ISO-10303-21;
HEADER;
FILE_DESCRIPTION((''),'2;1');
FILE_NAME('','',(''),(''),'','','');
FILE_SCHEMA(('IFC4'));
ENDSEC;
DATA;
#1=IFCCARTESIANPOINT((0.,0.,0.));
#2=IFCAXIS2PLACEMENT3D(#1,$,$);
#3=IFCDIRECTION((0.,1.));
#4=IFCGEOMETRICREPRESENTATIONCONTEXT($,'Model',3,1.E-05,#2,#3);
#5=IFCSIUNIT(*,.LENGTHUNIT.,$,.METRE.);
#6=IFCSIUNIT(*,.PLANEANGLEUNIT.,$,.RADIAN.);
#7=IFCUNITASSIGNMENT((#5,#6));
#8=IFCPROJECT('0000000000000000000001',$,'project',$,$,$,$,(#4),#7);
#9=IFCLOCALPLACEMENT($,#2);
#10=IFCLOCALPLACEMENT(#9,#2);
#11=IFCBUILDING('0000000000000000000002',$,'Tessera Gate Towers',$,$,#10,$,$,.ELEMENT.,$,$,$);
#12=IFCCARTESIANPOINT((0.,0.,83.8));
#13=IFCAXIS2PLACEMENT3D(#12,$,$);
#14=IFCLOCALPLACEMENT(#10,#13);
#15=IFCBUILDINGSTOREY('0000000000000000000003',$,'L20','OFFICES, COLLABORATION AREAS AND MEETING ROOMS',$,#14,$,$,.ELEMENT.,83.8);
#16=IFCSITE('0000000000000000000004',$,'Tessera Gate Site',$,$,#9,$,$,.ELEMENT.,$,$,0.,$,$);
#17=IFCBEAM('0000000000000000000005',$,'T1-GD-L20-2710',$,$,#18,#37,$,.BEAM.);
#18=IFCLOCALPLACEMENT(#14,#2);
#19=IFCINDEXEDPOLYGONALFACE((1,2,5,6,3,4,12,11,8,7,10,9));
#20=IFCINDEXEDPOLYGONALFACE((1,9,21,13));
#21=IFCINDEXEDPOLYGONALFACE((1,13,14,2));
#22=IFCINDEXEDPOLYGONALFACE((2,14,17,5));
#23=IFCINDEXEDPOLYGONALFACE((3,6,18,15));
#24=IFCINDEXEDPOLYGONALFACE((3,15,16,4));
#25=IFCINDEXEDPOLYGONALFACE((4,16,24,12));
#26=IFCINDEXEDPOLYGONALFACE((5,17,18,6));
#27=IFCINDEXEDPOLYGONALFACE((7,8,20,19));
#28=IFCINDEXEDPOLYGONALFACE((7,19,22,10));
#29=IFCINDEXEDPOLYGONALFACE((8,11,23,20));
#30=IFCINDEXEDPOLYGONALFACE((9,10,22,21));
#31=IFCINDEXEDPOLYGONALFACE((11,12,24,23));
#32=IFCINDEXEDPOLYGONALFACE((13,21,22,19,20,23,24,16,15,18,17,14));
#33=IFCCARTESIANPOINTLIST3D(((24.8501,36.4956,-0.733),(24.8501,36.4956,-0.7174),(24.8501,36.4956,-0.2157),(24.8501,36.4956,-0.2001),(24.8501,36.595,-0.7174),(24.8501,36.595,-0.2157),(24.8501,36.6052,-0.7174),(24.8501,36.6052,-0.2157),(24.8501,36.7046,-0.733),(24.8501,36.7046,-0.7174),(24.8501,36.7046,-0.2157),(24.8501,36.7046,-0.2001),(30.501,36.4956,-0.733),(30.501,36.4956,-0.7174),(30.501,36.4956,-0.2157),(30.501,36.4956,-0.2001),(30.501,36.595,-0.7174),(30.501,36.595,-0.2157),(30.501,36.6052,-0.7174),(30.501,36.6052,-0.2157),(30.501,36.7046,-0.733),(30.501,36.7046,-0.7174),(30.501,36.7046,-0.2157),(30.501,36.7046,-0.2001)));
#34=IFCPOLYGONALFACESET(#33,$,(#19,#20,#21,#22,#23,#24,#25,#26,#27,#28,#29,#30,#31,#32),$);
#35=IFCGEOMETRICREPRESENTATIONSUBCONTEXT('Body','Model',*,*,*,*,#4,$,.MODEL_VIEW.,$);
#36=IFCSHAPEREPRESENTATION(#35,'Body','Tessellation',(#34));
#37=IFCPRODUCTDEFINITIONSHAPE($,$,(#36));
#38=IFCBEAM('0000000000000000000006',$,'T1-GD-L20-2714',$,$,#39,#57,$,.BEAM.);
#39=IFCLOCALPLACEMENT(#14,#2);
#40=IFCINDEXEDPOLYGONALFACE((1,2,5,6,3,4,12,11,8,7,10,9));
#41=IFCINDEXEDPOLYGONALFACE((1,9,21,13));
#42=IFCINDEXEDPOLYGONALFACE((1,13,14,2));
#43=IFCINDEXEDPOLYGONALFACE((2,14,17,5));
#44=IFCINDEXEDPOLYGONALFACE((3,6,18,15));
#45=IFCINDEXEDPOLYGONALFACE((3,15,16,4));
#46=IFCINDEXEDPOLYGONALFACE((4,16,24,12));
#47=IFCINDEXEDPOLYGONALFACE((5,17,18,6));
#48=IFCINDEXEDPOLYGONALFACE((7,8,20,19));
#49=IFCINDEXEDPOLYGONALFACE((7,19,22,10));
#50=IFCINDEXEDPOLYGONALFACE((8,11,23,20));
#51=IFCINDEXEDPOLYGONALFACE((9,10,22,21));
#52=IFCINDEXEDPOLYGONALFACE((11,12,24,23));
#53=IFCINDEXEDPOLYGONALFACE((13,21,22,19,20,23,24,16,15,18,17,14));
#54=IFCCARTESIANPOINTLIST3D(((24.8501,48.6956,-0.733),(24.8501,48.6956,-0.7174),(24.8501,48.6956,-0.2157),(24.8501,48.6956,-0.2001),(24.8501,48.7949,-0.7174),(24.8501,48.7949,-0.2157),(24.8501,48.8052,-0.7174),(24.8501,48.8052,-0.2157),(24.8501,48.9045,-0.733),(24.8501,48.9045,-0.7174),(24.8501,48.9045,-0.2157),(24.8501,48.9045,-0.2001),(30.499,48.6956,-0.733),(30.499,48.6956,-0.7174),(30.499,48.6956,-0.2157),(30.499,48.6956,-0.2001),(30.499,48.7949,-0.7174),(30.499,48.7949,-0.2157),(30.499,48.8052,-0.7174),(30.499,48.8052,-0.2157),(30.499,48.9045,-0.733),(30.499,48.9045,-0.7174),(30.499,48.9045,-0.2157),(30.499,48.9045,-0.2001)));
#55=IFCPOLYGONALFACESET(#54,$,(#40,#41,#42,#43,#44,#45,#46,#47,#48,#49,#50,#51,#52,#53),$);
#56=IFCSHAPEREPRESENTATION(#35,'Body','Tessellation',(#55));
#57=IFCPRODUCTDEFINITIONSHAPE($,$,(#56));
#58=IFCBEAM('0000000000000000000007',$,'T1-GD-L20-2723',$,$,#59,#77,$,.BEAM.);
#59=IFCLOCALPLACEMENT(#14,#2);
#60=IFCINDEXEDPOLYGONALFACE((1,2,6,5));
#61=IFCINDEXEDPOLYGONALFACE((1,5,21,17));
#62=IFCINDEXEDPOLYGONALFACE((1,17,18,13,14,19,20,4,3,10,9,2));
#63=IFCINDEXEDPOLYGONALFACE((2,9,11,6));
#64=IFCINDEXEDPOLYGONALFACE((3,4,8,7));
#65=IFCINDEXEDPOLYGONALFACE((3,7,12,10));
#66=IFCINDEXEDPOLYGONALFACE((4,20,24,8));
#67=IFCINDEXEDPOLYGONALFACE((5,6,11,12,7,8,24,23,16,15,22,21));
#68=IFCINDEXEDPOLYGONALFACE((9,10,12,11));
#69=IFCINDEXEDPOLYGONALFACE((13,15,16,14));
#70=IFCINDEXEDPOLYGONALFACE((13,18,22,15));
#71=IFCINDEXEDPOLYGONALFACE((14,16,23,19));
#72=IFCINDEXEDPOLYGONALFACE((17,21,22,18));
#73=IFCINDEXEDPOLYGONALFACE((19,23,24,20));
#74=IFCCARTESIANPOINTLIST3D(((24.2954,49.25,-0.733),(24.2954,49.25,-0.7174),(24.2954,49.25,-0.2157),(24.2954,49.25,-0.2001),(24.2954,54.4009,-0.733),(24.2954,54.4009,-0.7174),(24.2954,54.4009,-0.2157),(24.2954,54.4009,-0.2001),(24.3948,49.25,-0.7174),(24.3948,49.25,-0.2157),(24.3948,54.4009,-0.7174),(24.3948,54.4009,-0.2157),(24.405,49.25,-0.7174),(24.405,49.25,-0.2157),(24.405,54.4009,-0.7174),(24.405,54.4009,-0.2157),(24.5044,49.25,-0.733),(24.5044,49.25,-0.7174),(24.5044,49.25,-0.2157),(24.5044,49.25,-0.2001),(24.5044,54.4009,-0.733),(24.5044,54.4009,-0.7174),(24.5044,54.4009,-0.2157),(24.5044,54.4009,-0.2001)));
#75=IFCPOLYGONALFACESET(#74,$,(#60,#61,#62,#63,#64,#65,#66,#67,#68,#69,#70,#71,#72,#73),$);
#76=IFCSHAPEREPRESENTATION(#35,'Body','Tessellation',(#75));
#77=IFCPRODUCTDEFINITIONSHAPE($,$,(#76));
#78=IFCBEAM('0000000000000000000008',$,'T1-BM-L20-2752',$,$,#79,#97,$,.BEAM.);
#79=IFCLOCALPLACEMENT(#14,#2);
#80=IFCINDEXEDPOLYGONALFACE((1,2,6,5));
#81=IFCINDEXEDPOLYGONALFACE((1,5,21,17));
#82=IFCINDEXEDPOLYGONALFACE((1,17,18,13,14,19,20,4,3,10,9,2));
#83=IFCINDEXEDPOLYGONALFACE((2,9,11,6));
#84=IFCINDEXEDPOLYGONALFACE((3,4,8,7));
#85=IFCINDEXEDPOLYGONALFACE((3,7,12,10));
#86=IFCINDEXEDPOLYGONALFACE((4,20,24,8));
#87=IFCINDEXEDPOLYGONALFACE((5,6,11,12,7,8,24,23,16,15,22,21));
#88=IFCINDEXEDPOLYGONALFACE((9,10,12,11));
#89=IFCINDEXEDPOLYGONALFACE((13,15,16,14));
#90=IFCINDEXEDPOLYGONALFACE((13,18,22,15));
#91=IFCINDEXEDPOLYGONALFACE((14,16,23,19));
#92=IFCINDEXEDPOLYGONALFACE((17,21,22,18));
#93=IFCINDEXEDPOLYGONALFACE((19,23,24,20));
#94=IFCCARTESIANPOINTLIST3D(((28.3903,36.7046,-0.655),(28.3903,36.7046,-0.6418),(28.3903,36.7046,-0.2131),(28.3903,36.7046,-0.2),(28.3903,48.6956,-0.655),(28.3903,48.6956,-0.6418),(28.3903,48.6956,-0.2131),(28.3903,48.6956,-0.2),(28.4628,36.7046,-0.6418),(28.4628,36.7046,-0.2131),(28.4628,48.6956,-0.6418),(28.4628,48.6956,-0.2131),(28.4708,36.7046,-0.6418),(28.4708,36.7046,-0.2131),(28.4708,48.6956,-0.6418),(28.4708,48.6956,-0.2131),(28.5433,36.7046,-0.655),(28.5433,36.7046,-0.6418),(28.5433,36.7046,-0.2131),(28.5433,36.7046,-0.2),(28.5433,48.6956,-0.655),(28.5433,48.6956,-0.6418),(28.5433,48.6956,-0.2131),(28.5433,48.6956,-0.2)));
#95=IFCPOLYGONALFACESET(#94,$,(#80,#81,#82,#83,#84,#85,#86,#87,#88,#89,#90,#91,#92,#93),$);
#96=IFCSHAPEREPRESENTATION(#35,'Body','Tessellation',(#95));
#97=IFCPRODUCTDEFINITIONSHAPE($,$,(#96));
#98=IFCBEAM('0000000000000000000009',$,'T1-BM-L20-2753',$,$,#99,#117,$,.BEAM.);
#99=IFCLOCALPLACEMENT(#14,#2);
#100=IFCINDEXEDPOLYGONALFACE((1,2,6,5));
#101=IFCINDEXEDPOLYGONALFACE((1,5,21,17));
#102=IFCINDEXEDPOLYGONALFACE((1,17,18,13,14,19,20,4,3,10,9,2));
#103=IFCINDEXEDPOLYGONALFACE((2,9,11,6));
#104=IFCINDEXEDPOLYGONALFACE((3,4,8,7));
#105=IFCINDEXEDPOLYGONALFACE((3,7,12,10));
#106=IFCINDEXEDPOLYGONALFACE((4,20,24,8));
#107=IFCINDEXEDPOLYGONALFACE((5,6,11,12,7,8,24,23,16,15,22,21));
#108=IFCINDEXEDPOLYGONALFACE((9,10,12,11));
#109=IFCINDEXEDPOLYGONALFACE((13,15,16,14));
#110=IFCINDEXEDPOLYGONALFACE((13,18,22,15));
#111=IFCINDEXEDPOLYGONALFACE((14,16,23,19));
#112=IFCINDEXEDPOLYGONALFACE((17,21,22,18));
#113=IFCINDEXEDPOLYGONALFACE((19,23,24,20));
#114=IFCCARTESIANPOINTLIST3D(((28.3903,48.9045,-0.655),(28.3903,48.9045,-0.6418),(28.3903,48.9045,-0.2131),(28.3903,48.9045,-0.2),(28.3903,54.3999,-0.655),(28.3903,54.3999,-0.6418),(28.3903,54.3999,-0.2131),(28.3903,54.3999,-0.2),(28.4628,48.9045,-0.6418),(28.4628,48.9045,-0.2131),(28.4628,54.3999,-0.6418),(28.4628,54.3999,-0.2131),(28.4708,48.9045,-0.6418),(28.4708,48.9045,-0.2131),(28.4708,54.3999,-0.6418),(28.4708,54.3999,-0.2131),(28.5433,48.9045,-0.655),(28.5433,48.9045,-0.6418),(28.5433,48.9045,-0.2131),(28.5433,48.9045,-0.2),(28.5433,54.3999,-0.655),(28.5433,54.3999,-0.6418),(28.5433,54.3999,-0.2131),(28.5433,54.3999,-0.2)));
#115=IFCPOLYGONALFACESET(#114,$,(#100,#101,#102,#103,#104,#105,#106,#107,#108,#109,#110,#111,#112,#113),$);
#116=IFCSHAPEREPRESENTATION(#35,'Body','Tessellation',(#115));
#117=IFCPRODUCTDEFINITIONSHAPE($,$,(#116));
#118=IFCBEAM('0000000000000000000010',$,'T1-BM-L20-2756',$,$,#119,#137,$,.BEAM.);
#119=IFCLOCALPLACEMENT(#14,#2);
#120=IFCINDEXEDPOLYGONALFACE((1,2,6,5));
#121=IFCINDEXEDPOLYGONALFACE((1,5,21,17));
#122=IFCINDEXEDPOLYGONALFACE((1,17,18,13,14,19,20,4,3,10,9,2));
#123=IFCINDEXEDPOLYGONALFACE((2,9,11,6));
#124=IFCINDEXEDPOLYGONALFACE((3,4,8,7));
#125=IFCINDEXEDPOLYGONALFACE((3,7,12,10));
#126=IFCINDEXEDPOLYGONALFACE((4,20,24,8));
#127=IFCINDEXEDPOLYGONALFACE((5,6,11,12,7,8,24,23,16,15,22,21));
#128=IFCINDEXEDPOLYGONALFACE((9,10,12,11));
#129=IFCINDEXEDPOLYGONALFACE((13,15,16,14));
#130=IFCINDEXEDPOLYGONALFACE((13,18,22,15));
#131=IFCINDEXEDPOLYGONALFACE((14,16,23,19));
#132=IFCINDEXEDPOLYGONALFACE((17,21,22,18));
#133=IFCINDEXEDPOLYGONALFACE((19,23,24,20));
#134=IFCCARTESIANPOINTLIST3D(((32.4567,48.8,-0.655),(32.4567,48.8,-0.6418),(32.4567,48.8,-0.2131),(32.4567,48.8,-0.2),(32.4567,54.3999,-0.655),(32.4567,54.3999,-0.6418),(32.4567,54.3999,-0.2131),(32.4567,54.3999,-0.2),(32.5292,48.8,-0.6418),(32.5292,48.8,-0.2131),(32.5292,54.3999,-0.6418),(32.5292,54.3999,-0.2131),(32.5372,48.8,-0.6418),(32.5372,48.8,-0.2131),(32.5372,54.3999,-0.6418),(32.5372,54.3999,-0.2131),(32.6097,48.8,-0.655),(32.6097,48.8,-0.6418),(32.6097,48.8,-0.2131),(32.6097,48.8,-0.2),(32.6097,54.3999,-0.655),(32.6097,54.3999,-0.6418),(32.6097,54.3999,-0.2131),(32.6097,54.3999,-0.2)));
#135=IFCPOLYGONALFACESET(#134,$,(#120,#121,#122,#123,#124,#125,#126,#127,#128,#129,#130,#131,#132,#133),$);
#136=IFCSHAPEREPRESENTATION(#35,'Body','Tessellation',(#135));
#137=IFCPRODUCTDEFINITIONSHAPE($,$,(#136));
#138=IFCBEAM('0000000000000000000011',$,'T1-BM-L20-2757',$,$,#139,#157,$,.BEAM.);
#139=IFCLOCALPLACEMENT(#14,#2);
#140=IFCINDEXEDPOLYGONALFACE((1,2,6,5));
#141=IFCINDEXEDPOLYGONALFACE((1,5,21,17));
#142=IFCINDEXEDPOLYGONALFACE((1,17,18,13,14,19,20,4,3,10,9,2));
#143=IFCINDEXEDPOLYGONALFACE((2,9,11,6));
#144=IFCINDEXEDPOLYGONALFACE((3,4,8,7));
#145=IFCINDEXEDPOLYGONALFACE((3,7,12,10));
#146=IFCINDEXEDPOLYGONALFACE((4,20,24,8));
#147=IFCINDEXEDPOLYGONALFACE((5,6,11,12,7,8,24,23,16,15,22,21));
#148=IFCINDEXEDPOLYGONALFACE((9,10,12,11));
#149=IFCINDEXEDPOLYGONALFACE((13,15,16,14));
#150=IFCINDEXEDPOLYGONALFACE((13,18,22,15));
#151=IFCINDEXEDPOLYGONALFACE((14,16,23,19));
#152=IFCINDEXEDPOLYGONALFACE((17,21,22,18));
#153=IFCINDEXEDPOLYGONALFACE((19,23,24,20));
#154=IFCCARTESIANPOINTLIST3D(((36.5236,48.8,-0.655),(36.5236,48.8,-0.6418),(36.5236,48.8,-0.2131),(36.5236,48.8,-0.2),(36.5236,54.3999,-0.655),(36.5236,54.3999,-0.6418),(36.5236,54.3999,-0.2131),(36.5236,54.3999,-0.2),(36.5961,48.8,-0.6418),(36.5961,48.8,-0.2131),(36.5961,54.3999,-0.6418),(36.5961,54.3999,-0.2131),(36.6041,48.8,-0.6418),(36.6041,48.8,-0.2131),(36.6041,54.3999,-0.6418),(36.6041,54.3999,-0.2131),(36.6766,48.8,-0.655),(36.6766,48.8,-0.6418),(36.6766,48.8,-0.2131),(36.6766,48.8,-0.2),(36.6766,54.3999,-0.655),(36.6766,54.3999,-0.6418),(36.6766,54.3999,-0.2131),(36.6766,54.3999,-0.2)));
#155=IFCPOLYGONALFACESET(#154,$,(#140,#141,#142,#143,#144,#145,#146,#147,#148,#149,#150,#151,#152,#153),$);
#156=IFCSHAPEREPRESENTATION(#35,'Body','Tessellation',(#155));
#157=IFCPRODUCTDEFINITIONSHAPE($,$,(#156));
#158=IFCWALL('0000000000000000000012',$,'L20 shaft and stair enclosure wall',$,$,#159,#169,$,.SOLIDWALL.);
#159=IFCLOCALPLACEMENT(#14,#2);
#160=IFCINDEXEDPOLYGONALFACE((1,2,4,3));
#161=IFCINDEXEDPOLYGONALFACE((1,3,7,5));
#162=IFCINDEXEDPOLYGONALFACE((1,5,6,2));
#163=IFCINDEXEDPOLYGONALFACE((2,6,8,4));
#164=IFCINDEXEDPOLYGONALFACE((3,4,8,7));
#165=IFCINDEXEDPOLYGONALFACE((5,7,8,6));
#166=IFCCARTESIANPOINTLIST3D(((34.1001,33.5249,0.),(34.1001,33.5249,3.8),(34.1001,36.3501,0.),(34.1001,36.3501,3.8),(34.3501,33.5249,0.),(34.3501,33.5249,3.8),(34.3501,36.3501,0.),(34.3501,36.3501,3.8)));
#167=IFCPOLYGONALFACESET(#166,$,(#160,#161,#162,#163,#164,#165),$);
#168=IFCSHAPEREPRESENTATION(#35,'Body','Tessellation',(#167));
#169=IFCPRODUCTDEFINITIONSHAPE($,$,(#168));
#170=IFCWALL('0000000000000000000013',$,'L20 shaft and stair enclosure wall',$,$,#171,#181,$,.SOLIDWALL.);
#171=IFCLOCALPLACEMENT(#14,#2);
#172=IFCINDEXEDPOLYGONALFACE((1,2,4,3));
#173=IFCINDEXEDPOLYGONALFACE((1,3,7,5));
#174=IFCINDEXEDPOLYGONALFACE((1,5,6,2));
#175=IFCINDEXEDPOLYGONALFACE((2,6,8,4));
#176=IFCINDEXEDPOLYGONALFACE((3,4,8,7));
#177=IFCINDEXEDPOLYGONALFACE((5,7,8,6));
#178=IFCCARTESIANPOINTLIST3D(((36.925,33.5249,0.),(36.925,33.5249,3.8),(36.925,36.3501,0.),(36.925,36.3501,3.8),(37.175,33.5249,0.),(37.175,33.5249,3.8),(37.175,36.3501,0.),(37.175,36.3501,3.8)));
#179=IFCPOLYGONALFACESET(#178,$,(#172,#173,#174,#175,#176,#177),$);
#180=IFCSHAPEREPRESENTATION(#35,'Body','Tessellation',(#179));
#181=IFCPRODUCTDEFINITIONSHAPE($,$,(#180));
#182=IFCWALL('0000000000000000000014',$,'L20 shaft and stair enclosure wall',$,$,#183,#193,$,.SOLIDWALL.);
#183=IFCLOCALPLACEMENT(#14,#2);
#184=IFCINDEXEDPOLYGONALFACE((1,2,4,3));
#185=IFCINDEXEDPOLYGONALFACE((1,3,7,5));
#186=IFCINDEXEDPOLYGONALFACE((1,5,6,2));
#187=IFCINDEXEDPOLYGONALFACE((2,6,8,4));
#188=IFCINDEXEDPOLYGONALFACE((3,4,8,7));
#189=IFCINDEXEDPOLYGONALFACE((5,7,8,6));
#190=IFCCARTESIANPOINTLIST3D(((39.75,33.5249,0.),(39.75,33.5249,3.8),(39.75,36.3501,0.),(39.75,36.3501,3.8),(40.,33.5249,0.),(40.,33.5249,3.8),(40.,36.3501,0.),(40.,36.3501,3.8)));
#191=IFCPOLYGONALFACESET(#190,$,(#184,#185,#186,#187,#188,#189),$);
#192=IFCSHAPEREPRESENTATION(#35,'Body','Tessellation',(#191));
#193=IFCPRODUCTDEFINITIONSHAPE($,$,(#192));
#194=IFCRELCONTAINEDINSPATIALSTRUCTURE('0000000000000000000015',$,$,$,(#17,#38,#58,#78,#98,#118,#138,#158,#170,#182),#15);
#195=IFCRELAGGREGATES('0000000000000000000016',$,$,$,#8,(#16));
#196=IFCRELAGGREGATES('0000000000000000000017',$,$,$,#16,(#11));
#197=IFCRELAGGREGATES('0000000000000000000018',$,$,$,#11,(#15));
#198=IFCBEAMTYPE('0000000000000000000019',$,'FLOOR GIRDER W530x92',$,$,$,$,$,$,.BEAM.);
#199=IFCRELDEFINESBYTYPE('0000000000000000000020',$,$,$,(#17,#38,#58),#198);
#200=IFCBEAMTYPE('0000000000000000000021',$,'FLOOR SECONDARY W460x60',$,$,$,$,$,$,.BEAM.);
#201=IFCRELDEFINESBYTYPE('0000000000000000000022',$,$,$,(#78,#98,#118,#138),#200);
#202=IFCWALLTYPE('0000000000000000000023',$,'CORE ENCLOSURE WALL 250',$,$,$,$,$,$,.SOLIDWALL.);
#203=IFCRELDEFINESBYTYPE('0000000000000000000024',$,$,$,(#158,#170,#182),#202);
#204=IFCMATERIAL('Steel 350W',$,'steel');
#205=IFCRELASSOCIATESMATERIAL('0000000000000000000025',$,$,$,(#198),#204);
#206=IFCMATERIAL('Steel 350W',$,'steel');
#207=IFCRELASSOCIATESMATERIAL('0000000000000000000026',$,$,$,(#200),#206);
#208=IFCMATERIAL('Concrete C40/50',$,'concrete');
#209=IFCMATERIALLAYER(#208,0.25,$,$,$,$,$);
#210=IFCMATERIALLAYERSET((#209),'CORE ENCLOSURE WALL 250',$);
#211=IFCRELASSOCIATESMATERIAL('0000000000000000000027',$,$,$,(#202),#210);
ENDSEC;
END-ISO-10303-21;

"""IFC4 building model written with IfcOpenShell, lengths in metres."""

from ifc_helpers import new_model, si_unit, direction, frame, frame_2d, origin, origin_2d, place, context, subcontext, project, spatial, rectangle, i_section, extrude, material, layer, layer_set, material_profile, profile_set, type_object, element, save


model = new_model("IFC4")

# Units and contexts
model_context = context("Model", 3, precision=1e-05, world=origin(), true_north=direction((0.0, 1.0)))
body_context = subcontext(model_context, "Body", "Model", "MODEL_VIEW")
ifc_project = project(units=[si_unit("LENGTHUNIT", "METRE"), si_unit("PLANEANGLEUNIT", "RADIAN")], contexts=[model_context])

# Site, building, storey
site_placement = place(None, origin())
site = spatial("IfcSite", under=ifc_project, at=site_placement, Name="Tessera Gate Site", CompositionType="ELEMENT", RefElevation=0.0)
building_placement = place(site_placement, origin())
building = spatial("IfcBuilding", under=site, at=building_placement, Name="Tessera Gate Towers", CompositionType="ELEMENT")
storey_placement = place(building_placement, frame((0.0, 0.0, 83.8)))
storey = spatial("IfcBuildingStorey", under=building, at=storey_placement, Name="L20", Description="OFFICES, COLLABORATION AREAS AND MEETING ROOMS", CompositionType="ELEMENT", Elevation=83.8)

# Beams
ifc_material_1 = material(Name="Steel 350W", Category="steel")
ifc_material_profile_1 = material_profile(ifc_material_1, i_section(OverallWidth=0.209, OverallDepth=0.533, WebThickness=0.0103, FlangeThickness=0.0156, at=origin_2d()), Name="W530x92")
ifc_profile_set_1 = profile_set([ifc_material_profile_1], Name="Steel 350W")
beam_type_1 = type_object("IfcBeamType", Name="FLOOR GIRDER W530x92", PredefinedType="BEAM", material=ifc_profile_set_1)
beam_1_placement = place(storey_placement, frame((24.8501, 36.6001, -0.4666), z_axis=(1.0, 0.0, 0.0), x_axis=(0.0, 1.0, 0.0)))
element("IfcBeam", 1, at=beam_1_placement, inside=storey, type_object=beam_type_1, Name="T1-GD-L20-2710", PredefinedType="BEAM", context=body_context, shape_type="SweptSolid", body=[
    extrude(i_section(OverallWidth=0.209, OverallDepth=0.533, WebThickness=0.0103, FlangeThickness=0.0156, at=origin_2d()), origin(), (0.0, 0.0, 1.0), 5.6509),
])
beam_2_placement = place(storey_placement, frame((24.8501, 48.8, -0.4666), z_axis=(1.0, 0.0, 0.0), x_axis=(0.0, 1.0, 0.0)))
element("IfcBeam", 2, at=beam_2_placement, inside=storey, type_object=beam_type_1, Name="T1-GD-L20-2714", PredefinedType="BEAM", context=body_context, shape_type="SweptSolid", body=[
    extrude(i_section(OverallWidth=0.209, OverallDepth=0.533, WebThickness=0.0103, FlangeThickness=0.0156, at=origin_2d()), origin(), (0.0, 0.0, 1.0), 5.6489),
])
beam_3_placement = place(storey_placement, frame((24.3999, 49.25, -0.4666), z_axis=(0.0, 1.0, 0.0), x_axis=(-1.0, 0.0, 0.0)))
element("IfcBeam", 3, at=beam_3_placement, inside=storey, type_object=beam_type_1, Name="T1-GD-L20-2723", PredefinedType="BEAM", context=body_context, shape_type="SweptSolid", body=[
    extrude(i_section(OverallWidth=0.209, OverallDepth=0.533, WebThickness=0.0103, FlangeThickness=0.0156, at=origin_2d()), origin(), (0.0, 0.0, 1.0), 5.1509),
])
ifc_material_2 = material(Name="Steel 350W", Category="steel")
ifc_material_profile_2 = material_profile(ifc_material_2, i_section(OverallWidth=0.1531, OverallDepth=0.4551, WebThickness=0.0081, FlangeThickness=0.0132, at=origin_2d()), Name="W460x60")
ifc_profile_set_2 = profile_set([ifc_material_profile_2], Name="Steel 350W")
beam_type_2 = type_object("IfcBeamType", Name="FLOOR SECONDARY W460x60", PredefinedType="BEAM", material=ifc_profile_set_2)
beam_4_placement = place(storey_placement, frame((28.4668, 36.7046, -0.4275), z_axis=(0.0, 1.0, 0.0), x_axis=(-1.0, 0.0, 0.0)))
element("IfcBeam", 4, at=beam_4_placement, inside=storey, type_object=beam_type_2, Name="T1-BM-L20-2752", PredefinedType="BEAM", context=body_context, shape_type="SweptSolid", body=[
    extrude(i_section(OverallWidth=0.1531, OverallDepth=0.4551, WebThickness=0.0081, FlangeThickness=0.0132, at=origin_2d()), origin(), (0.0, 0.0, 1.0), 11.991),
])
beam_5_placement = place(storey_placement, frame((28.4668, 48.9045, -0.4275), z_axis=(0.0, 1.0, 0.0), x_axis=(-1.0, 0.0, 0.0)))
element("IfcBeam", 5, at=beam_5_placement, inside=storey, type_object=beam_type_2, Name="T1-BM-L20-2753", PredefinedType="BEAM", context=body_context, shape_type="SweptSolid", body=[
    extrude(i_section(OverallWidth=0.1531, OverallDepth=0.4551, WebThickness=0.0081, FlangeThickness=0.0132, at=origin_2d()), origin(), (0.0, 0.0, 1.0), 5.4954),
])
for number, where, z_axis, x_axis, name in (
    (6, (32.5332, 48.8, -0.4275), (0.0, 1.0, 0.0), (-1.0, 0.0, 0.0), "T1-BM-L20-2756"),
    (7, (36.6001, 48.8, -0.4275), (0.0, 1.0, 0.0), (-1.0, 0.0, 0.0), "T1-BM-L20-2757"),
):
    element("IfcBeam", number, at=place(storey_placement, frame(where, z_axis=z_axis, x_axis=x_axis)), inside=storey, type_object=beam_type_2, Name=name, PredefinedType="BEAM", context=body_context, shape_type="SweptSolid", body=[
        extrude(i_section(OverallWidth=0.1531, OverallDepth=0.4551, WebThickness=0.0081, FlangeThickness=0.0132, at=origin_2d()), origin(), (0.0, 0.0, 1.0), 5.5999),
    ])

# Walls
ifc_material_3 = material(Name="Concrete C40/50", Category="concrete")
ifc_layer_1 = layer(ifc_material_3, 0.25)
ifc_layer_set_1 = layer_set([ifc_layer_1], Name="CORE ENCLOSURE WALL 250")
wall_type_1 = type_object("IfcWallType", Name="CORE ENCLOSURE WALL 250", PredefinedType="SOLIDWALL", material=ifc_layer_set_1)
for number, where, z_axis, x_axis, name in (
    (8, (34.2251, 33.5249, 0.0), (0.0, 0.0, 1.0), (0.0, 1.0, 0.0), "L20 shaft and stair enclosure wall"),
    (9, (37.05, 33.5249, 0.0), (0.0, 0.0, 1.0), (0.0, 1.0, 0.0), "L20 shaft and stair enclosure wall"),
    (10, (39.875, 33.5249, 0.0), (0.0, 0.0, 1.0), (0.0, 1.0, 0.0), "L20 shaft and stair enclosure wall"),
):
    element("IfcWall", number, at=place(storey_placement, frame(where, z_axis=z_axis, x_axis=x_axis)), inside=storey, type_object=wall_type_1, Name=name, PredefinedType="SOLIDWALL", context=body_context, shape_type="SweptSolid", body=[
        extrude(rectangle(XDim=2.8252, YDim=0.25, at=frame_2d((1.4126, 0.0))), origin(), (0.0, 0.0, 1.0), 3.8),
    ])

save(model, "model.ifc")
